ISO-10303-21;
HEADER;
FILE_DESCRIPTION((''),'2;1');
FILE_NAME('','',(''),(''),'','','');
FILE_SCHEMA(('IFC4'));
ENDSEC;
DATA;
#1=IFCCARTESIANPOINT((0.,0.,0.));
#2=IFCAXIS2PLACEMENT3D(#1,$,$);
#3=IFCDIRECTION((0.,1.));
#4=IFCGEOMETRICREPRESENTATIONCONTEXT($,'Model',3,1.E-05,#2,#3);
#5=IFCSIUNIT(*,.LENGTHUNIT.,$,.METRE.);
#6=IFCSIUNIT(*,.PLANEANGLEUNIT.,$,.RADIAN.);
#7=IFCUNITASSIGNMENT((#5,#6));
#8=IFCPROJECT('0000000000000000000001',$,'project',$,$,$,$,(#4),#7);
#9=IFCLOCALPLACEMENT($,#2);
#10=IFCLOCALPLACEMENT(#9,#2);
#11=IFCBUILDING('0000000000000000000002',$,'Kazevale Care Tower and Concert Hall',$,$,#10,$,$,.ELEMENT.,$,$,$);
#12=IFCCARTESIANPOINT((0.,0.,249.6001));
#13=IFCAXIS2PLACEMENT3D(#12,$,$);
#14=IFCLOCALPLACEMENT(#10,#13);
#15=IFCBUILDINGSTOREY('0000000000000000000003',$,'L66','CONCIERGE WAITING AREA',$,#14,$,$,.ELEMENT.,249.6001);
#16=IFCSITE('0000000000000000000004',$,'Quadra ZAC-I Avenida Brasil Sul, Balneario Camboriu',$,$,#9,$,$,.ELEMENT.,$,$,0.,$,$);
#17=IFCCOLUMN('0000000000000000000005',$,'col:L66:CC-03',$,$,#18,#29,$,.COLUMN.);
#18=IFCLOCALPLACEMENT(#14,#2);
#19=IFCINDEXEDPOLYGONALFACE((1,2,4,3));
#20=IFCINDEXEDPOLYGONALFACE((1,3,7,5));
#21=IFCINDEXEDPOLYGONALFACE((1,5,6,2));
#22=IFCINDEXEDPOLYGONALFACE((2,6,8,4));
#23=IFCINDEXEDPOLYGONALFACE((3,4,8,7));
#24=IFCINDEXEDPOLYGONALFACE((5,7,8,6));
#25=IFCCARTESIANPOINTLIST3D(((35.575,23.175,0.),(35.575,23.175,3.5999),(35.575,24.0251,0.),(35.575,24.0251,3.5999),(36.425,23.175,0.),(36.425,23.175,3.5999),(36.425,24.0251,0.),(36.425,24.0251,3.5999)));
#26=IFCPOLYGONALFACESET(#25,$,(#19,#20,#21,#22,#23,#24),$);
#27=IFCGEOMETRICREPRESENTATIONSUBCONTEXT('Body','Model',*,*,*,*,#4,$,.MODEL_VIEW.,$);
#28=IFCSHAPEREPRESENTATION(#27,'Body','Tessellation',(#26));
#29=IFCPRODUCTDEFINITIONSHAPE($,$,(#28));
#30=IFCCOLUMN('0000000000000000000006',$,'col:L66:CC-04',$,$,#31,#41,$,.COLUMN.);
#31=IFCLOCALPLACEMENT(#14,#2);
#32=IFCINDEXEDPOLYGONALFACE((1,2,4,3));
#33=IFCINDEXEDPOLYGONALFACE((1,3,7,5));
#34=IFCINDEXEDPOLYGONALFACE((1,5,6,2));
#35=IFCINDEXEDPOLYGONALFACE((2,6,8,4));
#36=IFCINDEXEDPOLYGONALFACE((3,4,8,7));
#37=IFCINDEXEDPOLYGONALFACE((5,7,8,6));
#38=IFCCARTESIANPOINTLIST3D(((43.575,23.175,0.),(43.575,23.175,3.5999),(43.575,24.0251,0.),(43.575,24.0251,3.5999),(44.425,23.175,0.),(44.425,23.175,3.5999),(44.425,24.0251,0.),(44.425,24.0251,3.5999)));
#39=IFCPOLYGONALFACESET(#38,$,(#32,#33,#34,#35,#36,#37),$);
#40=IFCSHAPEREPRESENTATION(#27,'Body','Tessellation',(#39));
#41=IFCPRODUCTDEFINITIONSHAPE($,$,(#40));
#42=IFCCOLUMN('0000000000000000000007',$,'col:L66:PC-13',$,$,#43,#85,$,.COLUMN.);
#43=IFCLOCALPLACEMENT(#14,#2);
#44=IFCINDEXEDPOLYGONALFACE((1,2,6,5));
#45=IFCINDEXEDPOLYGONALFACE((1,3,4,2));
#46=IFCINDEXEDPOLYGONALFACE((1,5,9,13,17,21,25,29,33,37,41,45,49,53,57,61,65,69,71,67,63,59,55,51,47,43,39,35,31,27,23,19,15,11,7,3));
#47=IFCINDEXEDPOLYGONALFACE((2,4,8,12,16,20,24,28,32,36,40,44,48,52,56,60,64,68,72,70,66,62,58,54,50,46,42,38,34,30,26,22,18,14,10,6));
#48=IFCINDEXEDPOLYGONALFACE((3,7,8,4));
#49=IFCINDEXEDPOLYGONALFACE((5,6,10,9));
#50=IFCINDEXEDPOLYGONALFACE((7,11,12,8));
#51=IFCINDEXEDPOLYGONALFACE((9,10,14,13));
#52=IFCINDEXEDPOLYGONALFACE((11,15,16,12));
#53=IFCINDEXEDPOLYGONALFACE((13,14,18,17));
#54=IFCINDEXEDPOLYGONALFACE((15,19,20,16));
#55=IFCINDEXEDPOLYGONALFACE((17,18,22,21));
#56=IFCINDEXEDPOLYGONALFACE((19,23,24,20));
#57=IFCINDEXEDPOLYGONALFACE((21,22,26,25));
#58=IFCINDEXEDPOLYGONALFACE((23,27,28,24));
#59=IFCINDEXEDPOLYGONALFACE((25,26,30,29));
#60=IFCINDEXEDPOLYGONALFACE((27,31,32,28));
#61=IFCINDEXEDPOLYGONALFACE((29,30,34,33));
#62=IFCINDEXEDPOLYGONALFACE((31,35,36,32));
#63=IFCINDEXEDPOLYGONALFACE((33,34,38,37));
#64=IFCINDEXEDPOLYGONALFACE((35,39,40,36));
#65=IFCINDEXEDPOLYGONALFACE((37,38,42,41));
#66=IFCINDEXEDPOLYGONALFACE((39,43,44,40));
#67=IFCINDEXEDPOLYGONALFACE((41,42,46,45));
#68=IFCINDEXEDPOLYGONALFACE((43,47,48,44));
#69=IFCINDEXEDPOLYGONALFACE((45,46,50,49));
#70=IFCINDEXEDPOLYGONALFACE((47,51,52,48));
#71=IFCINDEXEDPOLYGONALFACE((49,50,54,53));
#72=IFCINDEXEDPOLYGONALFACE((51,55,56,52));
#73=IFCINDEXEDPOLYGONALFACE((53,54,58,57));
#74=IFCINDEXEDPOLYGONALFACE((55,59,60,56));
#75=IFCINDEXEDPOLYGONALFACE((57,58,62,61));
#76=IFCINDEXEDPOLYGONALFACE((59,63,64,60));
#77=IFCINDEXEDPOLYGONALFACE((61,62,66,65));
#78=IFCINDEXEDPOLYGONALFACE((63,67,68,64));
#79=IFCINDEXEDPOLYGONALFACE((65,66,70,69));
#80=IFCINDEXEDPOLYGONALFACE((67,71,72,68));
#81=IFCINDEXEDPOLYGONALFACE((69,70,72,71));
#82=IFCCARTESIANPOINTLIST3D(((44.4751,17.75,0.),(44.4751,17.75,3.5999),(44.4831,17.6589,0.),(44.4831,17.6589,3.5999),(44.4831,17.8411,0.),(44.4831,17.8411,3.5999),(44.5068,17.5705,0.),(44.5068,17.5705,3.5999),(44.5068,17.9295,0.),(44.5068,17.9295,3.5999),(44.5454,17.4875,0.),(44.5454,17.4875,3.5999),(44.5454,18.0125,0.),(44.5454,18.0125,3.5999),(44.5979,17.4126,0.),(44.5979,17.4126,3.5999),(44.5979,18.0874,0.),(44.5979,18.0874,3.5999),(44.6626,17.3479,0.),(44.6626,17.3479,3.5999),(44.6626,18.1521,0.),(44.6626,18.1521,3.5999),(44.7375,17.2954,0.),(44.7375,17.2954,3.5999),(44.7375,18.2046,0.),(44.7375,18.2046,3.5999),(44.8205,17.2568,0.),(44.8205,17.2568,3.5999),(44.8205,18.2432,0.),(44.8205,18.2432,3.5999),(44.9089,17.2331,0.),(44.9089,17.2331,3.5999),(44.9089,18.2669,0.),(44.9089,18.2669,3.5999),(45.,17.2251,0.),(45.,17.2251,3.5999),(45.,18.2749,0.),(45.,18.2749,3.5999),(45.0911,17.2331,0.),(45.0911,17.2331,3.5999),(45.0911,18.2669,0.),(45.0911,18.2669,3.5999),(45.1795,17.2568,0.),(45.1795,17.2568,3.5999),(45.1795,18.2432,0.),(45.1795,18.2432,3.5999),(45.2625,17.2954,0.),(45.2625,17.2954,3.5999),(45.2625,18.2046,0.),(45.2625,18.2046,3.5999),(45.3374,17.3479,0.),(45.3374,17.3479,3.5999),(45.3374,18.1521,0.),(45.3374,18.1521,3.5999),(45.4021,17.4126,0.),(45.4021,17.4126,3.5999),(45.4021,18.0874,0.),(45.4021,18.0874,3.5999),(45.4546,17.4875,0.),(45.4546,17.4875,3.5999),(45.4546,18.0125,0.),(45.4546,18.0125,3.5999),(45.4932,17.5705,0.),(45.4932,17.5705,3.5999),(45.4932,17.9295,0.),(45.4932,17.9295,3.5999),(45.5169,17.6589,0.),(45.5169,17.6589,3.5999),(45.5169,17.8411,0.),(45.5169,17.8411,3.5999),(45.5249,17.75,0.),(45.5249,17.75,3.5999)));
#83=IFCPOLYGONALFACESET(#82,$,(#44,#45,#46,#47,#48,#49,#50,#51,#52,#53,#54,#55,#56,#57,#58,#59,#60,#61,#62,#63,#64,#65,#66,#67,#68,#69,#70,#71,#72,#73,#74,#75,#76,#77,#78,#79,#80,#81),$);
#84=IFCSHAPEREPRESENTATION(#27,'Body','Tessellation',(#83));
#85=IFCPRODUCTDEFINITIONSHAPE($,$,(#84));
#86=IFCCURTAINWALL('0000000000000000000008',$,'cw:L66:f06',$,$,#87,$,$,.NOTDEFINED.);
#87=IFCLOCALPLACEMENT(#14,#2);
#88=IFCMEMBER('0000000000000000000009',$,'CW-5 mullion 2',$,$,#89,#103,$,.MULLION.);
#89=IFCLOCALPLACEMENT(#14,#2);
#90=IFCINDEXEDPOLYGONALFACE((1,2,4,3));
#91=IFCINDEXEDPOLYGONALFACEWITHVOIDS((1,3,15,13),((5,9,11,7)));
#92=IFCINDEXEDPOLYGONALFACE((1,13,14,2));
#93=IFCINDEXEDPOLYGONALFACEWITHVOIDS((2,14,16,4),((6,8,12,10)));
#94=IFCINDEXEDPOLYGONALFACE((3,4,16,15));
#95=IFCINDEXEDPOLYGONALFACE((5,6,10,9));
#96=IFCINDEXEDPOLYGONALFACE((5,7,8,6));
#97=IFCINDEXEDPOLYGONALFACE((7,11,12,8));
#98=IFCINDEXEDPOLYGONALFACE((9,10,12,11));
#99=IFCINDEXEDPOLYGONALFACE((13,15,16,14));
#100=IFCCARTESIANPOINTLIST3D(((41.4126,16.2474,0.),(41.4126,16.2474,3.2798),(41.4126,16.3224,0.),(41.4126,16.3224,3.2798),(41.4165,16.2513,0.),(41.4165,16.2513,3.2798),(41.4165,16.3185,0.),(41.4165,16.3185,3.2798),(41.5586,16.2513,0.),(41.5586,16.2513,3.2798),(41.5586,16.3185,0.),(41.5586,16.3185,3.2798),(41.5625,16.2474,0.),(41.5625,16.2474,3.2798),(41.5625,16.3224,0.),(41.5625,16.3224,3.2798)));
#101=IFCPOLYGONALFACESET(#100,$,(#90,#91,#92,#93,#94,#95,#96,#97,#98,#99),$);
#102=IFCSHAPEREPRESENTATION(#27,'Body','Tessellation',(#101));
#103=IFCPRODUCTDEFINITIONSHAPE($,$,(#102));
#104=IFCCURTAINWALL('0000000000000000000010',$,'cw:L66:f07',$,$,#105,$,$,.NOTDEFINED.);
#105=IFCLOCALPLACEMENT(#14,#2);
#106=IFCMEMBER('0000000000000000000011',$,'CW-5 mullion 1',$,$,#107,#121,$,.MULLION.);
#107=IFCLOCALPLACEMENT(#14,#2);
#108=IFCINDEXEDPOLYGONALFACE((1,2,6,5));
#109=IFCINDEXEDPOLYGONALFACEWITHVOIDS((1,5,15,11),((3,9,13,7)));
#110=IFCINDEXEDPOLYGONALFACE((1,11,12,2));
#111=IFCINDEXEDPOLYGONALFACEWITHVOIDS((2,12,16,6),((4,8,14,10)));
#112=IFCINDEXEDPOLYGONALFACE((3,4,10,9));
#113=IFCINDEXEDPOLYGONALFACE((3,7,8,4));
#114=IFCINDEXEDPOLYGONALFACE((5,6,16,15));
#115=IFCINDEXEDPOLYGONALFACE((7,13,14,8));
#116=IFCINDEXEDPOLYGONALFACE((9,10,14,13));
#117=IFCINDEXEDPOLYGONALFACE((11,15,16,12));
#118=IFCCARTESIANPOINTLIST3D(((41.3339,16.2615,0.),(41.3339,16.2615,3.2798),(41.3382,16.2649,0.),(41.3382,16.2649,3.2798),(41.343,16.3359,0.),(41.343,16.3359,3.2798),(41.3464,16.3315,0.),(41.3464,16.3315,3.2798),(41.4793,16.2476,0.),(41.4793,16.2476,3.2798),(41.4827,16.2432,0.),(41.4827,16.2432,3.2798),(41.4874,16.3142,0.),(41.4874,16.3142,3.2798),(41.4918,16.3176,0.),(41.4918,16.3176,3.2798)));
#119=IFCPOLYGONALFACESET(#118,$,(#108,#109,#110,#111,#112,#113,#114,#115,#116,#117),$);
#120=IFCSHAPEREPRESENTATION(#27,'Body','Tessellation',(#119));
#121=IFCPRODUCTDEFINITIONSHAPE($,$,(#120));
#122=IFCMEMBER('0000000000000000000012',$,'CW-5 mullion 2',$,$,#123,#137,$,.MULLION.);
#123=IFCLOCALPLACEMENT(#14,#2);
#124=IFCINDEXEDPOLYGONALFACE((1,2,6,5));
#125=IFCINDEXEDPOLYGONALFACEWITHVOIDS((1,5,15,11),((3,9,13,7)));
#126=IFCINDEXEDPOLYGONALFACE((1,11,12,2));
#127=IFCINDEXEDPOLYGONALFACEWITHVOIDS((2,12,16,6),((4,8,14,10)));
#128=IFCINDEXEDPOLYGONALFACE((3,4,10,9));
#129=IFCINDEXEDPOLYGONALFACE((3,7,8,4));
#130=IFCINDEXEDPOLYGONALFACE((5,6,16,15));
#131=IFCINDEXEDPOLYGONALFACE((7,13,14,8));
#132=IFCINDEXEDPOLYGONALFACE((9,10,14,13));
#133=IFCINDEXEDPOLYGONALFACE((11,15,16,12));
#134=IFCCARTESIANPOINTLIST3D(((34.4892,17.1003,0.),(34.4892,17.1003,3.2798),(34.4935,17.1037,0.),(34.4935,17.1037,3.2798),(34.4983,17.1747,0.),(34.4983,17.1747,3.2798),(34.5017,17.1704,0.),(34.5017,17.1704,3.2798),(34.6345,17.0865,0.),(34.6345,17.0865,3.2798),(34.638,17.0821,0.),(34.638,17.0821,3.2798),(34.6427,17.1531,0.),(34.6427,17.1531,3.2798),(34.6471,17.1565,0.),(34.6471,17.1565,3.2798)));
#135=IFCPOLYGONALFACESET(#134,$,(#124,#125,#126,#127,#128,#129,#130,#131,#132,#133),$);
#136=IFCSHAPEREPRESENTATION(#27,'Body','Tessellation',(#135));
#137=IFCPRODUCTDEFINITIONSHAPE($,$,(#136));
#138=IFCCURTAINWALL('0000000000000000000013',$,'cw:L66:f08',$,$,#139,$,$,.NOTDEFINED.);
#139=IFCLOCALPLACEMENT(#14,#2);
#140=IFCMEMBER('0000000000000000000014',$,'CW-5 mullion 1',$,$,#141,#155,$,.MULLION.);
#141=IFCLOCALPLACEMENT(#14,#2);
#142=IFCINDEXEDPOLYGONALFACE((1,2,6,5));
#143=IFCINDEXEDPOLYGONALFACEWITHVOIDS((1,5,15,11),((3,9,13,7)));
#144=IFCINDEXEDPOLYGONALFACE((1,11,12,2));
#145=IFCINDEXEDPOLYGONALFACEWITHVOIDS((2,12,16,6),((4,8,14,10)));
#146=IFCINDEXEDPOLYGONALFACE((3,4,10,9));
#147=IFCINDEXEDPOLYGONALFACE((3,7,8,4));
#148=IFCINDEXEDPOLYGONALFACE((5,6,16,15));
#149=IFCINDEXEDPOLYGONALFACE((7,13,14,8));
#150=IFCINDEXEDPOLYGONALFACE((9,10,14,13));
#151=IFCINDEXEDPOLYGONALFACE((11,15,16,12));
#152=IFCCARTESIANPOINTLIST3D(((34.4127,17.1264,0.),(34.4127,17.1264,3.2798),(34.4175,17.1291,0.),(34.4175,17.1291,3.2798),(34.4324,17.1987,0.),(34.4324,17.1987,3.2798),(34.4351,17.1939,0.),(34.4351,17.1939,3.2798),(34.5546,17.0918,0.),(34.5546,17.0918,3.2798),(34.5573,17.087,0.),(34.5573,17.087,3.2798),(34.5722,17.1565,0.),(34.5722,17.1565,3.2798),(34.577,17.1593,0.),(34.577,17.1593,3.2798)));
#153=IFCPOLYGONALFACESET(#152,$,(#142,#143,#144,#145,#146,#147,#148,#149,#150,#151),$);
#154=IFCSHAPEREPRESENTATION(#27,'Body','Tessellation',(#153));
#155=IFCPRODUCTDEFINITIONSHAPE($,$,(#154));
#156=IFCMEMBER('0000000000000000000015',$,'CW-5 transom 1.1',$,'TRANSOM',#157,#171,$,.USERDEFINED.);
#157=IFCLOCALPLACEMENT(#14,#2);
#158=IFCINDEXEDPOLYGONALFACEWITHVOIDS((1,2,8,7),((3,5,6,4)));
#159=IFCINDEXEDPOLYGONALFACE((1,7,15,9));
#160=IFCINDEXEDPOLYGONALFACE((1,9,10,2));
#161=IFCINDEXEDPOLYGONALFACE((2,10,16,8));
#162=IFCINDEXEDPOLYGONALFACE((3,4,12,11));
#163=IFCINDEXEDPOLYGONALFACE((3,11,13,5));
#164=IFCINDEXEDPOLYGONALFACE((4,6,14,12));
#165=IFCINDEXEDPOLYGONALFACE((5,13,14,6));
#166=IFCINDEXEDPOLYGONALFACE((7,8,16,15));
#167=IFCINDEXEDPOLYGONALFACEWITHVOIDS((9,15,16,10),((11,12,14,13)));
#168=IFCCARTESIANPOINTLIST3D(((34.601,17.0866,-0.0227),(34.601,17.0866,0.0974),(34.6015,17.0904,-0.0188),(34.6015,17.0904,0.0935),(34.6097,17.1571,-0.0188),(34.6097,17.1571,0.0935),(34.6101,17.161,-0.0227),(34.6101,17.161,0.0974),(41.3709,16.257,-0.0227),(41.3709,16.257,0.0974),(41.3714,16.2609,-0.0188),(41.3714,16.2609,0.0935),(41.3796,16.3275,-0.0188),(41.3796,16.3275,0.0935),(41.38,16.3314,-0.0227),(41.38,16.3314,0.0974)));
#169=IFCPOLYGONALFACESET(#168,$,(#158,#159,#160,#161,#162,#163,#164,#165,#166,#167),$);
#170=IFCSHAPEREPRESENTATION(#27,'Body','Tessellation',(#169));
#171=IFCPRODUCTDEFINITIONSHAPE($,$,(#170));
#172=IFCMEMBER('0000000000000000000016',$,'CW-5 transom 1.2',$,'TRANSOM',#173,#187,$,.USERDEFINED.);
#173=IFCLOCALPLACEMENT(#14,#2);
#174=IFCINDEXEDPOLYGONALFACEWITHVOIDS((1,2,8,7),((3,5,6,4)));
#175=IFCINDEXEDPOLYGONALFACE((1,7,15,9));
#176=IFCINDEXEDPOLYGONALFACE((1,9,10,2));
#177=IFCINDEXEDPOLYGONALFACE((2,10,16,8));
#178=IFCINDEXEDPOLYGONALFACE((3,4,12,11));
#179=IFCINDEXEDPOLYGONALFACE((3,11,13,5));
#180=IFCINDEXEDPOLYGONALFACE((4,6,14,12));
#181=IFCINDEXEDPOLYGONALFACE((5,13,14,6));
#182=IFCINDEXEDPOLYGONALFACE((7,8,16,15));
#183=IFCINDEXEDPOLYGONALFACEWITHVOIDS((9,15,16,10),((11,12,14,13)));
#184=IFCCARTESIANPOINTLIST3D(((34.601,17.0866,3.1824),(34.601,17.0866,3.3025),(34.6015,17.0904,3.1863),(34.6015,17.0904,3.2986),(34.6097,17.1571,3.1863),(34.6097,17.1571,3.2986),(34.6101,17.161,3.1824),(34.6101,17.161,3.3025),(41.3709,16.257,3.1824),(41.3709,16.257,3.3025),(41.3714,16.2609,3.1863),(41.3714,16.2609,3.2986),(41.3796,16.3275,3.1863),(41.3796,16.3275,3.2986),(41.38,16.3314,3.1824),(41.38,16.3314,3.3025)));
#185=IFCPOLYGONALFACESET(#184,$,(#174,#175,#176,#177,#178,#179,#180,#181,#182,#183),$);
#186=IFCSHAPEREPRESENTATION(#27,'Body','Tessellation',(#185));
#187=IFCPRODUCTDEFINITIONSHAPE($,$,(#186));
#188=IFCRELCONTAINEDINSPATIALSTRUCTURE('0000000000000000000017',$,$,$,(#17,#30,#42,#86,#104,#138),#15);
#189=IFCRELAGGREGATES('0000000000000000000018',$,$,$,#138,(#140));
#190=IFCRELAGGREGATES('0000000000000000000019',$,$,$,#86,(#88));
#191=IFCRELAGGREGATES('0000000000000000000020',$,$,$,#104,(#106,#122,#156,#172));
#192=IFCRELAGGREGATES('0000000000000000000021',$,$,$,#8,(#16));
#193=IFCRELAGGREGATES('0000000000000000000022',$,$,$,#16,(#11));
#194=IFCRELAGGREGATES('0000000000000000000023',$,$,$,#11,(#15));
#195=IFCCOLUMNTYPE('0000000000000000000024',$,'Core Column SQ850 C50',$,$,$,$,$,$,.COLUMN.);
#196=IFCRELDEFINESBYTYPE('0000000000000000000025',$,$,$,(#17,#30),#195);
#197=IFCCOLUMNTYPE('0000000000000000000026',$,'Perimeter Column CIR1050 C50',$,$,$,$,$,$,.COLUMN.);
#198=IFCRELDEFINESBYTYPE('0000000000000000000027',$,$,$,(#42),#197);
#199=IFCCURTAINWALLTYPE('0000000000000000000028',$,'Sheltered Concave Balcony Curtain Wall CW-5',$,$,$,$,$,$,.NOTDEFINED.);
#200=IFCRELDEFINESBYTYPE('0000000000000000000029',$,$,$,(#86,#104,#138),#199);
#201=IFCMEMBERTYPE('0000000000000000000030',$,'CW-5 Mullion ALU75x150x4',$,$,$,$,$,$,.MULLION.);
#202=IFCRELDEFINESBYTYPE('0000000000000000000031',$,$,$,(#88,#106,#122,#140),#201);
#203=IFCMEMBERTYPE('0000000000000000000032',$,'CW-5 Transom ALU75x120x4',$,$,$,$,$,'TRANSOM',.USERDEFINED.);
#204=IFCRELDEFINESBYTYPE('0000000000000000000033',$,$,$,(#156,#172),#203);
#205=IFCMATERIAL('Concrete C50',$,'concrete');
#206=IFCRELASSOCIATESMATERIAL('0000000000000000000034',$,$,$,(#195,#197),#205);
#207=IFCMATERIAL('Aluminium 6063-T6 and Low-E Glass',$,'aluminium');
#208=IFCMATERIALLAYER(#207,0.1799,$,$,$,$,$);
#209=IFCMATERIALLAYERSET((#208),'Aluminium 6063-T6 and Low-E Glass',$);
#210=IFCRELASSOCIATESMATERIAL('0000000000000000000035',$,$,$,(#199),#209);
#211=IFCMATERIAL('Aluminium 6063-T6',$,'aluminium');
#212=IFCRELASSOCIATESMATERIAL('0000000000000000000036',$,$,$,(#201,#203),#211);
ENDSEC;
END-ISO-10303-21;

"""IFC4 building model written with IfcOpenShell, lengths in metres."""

from ifc_helpers import new_model, si_unit, direction, frame, origin, origin_2d, place, context, subcontext, project, spatial, rectangle, hollow_rectangle, circle, extrude, material, layer, layer_set, material_profile, profile_set, type_object, element, aggregate, save


model = new_model("IFC4")

# Units and contexts
model_context = context("Model", 3, precision=1e-05, world=origin(), true_north=direction((0.0, 1.0)))
body_context = subcontext(model_context, "Body", "Model", "MODEL_VIEW")
ifc_project = project(units=[si_unit("LENGTHUNIT", "METRE"), si_unit("PLANEANGLEUNIT", "RADIAN")], contexts=[model_context])

# Site, building, storey
site_placement = place(None, origin())
site = spatial("IfcSite", under=ifc_project, at=site_placement, Name="Quadra ZAC-I Avenida Brasil Sul, Balneario Camboriu", CompositionType="ELEMENT", RefElevation=0.0)
building_placement = place(site_placement, origin())
building = spatial("IfcBuilding", under=site, at=building_placement, Name="Kazevale Care Tower and Concert Hall", CompositionType="ELEMENT")
storey_placement = place(building_placement, frame((0.0, 0.0, 249.6001)))
storey = spatial("IfcBuildingStorey", under=building, at=storey_placement, Name="L66", Description="CONCIERGE WAITING AREA", CompositionType="ELEMENT", Elevation=249.6001)

# Columns
ifc_material_1 = material(Name="Concrete C50", Category="concrete")
ifc_material_profile_1 = material_profile(ifc_material_1, rectangle(XDim=0.8501, YDim=0.8501, at=origin_2d()), Name="RC-SQ850")
ifc_profile_set_1 = profile_set([ifc_material_profile_1], Name="Concrete C50")
column_type_1 = type_object("IfcColumnType", Name="Core Column SQ850 C50", PredefinedType="COLUMN", material=ifc_profile_set_1)
for number, where, z_axis, x_axis, name in (
    (1, (36.0, 23.6001, 0.0), (0.0, 0.0, 1.0), (1.0, 0.0, 0.0), "col:L66:CC-03"),
    (2, (44.0, 23.6001, 0.0), (0.0, 0.0, 1.0), (1.0, 0.0, 0.0), "col:L66:CC-04"),
):
    element("IfcColumn", number, at=place(storey_placement, frame(where, z_axis=z_axis, x_axis=x_axis)), inside=storey, type_object=column_type_1, Name=name, PredefinedType="COLUMN", context=body_context, shape_type="SweptSolid", body=[
        extrude(rectangle(XDim=0.8501, YDim=0.8501, at=origin_2d()), origin(), (0.0, 0.0, 1.0), 3.5999),
    ])
ifc_material_profile_2 = material_profile(ifc_material_1, circle(Radius=0.5249, at=origin_2d()), Name="RC-CIR1050")
ifc_profile_set_2 = profile_set([ifc_material_profile_2], Name="Concrete C50")
column_type_2 = type_object("IfcColumnType", Name="Perimeter Column CIR1050 C50", PredefinedType="COLUMN", material=ifc_profile_set_2)
column_placement = place(storey_placement, frame((45.0, 17.75, 0.0), z_axis=(0.0, 0.0, 1.0), x_axis=(1.0, 0.0, 0.0)))
element("IfcColumn", 3, at=column_placement, inside=storey, type_object=column_type_2, Name="col:L66:PC-13", PredefinedType="COLUMN", context=body_context, shape_type="SweptSolid", body=[
    extrude(circle(Radius=0.5249, at=origin_2d()), origin(), (0.0, 0.0, 1.0), 3.5999),
])

# Curtain wall, member
ifc_material_2 = material(Name="Aluminium 6063-T6 and Low-E Glass", Category="aluminium")
ifc_layer_1 = layer(ifc_material_2, 0.1799)
ifc_layer_set_1 = layer_set([ifc_layer_1], Name="Aluminium 6063-T6 and Low-E Glass")
curtain_wall_type = type_object("IfcCurtainWallType", Name="Sheltered Concave Balcony Curtain Wall CW-5", PredefinedType="NOTDEFINED", material=ifc_layer_set_1)
curtain_wall_1_placement = place(storey_placement, origin())
curtain_wall_1 = element("IfcCurtainWall", 4, at=curtain_wall_1_placement, inside=storey, type_object=curtain_wall_type, Name="cw:L66:f06", PredefinedType="NOTDEFINED")
ifc_material_3 = material(Name="Aluminium 6063-T6", Category="aluminium")
ifc_material_profile_3 = material_profile(ifc_material_3, hollow_rectangle(XDim=0.075, YDim=0.1499, WallThickness=0.0039, at=origin_2d()), Name="ALU75x150x4")
ifc_profile_set_3 = profile_set([ifc_material_profile_3], Name="Aluminium 6063-T6")
member_type_1 = type_object("IfcMemberType", Name="CW-5 Mullion ALU75x150x4", PredefinedType="MULLION", material=ifc_profile_set_3)
member_1_placement = place(storey_placement, frame((41.4875, 16.2849, 0.0), z_axis=(0.0, 0.0, 1.0), x_axis=(0.0, -1.0, 0.0)))
member_1 = element("IfcMember", 5, at=member_1_placement, type_object=member_type_1, Name="CW-5 mullion 2", PredefinedType="MULLION", context=body_context, shape_type="SweptSolid", body=[
    extrude(hollow_rectangle(XDim=0.075, YDim=0.1499, WallThickness=0.0039, at=origin_2d()), origin(), (0.0, 0.0, 1.0), 3.2798),
])

# Curtain wall, members
curtain_wall_2_placement = place(storey_placement, origin())
curtain_wall_2 = element("IfcCurtainWall", 6, at=curtain_wall_2_placement, inside=storey, type_object=curtain_wall_type, Name="cw:L66:f07", PredefinedType="NOTDEFINED")
member_2_placement = place(storey_placement, frame((41.4128, 16.2896, 0.0), z_axis=(0.0, 0.0, 1.0), x_axis=(-0.121651, -0.992573, 0.0)))
member_2 = element("IfcMember", 7, at=member_2_placement, type_object=member_type_1, Name="CW-5 mullion 1", PredefinedType="MULLION", context=body_context, shape_type="SweptSolid", body=[
    extrude(hollow_rectangle(XDim=0.075, YDim=0.1499, WallThickness=0.0039, at=origin_2d()), origin(), (0.0, 0.0, 1.0), 3.2798),
])
member_3_placement = place(storey_placement, frame((34.5681, 17.1284, 0.0), z_axis=(0.0, 0.0, 1.0), x_axis=(-0.121651, -0.992573, 0.0)))
member_3 = element("IfcMember", 8, at=member_3_placement, type_object=member_type_1, Name="CW-5 mullion 2", PredefinedType="MULLION", context=body_context, shape_type="SweptSolid", body=[
    extrude(hollow_rectangle(XDim=0.075, YDim=0.1499, WallThickness=0.0039, at=origin_2d()), origin(), (0.0, 0.0, 1.0), 3.2798),
])

# Curtain wall, member
curtain_wall_3_placement = place(storey_placement, origin())
curtain_wall_3 = element("IfcCurtainWall", 9, at=curtain_wall_3_placement, inside=storey, type_object=curtain_wall_type, Name="cw:L66:f08", PredefinedType="NOTDEFINED")
member_4_placement = place(storey_placement, frame((34.4949, 17.1428, 0.0), z_axis=(0.0, 0.0, 1.0), x_axis=(-0.262849, -0.964837, 0.0)))
member_4 = element("IfcMember", 10, at=member_4_placement, type_object=member_type_1, Name="CW-5 mullion 1", PredefinedType="MULLION", context=body_context, shape_type="SweptSolid", body=[
    extrude(hollow_rectangle(XDim=0.075, YDim=0.1499, WallThickness=0.0039, at=origin_2d()), origin(), (0.0, 0.0, 1.0), 3.2798),
])

# Members
ifc_material_profile_4 = material_profile(ifc_material_3, hollow_rectangle(XDim=0.075, YDim=0.1201, WallThickness=0.0039, at=origin_2d()), Name="ALU75x120x4")
ifc_profile_set_4 = profile_set([ifc_material_profile_4], Name="Aluminium 6063-T6")
member_type_2 = type_object("IfcMemberType", Name="CW-5 Transom ALU75x120x4", ElementType="TRANSOM", PredefinedType="USERDEFINED", material=ifc_profile_set_4)
member_5_placement = place(storey_placement, frame((41.3755, 16.2942, 0.0374), z_axis=(-0.992576, 0.121629, 0.0), x_axis=(-0.121629, -0.992576, 0.0)))
member_5 = element("IfcMember", 11, at=member_5_placement, type_object=member_type_2, Name="CW-5 transom 1.1", ObjectType="TRANSOM", PredefinedType="USERDEFINED", context=body_context, shape_type="SweptSolid", body=[
    extrude(hollow_rectangle(XDim=0.075, YDim=0.1201, WallThickness=0.0039, at=origin_2d()), origin(), (0.0, 0.0, 1.0), 6.8206),
])
member_6_placement = place(storey_placement, frame((41.3755, 16.2942, 3.2424), z_axis=(-0.992576, 0.121629, 0.0), x_axis=(-0.121629, -0.992576, 0.0)))
member_6 = element("IfcMember", 12, at=member_6_placement, type_object=member_type_2, Name="CW-5 transom 1.2", ObjectType="TRANSOM", PredefinedType="USERDEFINED", context=body_context, shape_type="SweptSolid", body=[
    extrude(hollow_rectangle(XDim=0.075, YDim=0.1201, WallThickness=0.0039, at=origin_2d()), origin(), (0.0, 0.0, 1.0), 6.8206),
])
aggregate(curtain_wall_3, [member_4])

aggregate(curtain_wall_1, [member_1])
aggregate(curtain_wall_2, [member_2, member_3, member_5, member_6])

save(model, "model.ifc")
